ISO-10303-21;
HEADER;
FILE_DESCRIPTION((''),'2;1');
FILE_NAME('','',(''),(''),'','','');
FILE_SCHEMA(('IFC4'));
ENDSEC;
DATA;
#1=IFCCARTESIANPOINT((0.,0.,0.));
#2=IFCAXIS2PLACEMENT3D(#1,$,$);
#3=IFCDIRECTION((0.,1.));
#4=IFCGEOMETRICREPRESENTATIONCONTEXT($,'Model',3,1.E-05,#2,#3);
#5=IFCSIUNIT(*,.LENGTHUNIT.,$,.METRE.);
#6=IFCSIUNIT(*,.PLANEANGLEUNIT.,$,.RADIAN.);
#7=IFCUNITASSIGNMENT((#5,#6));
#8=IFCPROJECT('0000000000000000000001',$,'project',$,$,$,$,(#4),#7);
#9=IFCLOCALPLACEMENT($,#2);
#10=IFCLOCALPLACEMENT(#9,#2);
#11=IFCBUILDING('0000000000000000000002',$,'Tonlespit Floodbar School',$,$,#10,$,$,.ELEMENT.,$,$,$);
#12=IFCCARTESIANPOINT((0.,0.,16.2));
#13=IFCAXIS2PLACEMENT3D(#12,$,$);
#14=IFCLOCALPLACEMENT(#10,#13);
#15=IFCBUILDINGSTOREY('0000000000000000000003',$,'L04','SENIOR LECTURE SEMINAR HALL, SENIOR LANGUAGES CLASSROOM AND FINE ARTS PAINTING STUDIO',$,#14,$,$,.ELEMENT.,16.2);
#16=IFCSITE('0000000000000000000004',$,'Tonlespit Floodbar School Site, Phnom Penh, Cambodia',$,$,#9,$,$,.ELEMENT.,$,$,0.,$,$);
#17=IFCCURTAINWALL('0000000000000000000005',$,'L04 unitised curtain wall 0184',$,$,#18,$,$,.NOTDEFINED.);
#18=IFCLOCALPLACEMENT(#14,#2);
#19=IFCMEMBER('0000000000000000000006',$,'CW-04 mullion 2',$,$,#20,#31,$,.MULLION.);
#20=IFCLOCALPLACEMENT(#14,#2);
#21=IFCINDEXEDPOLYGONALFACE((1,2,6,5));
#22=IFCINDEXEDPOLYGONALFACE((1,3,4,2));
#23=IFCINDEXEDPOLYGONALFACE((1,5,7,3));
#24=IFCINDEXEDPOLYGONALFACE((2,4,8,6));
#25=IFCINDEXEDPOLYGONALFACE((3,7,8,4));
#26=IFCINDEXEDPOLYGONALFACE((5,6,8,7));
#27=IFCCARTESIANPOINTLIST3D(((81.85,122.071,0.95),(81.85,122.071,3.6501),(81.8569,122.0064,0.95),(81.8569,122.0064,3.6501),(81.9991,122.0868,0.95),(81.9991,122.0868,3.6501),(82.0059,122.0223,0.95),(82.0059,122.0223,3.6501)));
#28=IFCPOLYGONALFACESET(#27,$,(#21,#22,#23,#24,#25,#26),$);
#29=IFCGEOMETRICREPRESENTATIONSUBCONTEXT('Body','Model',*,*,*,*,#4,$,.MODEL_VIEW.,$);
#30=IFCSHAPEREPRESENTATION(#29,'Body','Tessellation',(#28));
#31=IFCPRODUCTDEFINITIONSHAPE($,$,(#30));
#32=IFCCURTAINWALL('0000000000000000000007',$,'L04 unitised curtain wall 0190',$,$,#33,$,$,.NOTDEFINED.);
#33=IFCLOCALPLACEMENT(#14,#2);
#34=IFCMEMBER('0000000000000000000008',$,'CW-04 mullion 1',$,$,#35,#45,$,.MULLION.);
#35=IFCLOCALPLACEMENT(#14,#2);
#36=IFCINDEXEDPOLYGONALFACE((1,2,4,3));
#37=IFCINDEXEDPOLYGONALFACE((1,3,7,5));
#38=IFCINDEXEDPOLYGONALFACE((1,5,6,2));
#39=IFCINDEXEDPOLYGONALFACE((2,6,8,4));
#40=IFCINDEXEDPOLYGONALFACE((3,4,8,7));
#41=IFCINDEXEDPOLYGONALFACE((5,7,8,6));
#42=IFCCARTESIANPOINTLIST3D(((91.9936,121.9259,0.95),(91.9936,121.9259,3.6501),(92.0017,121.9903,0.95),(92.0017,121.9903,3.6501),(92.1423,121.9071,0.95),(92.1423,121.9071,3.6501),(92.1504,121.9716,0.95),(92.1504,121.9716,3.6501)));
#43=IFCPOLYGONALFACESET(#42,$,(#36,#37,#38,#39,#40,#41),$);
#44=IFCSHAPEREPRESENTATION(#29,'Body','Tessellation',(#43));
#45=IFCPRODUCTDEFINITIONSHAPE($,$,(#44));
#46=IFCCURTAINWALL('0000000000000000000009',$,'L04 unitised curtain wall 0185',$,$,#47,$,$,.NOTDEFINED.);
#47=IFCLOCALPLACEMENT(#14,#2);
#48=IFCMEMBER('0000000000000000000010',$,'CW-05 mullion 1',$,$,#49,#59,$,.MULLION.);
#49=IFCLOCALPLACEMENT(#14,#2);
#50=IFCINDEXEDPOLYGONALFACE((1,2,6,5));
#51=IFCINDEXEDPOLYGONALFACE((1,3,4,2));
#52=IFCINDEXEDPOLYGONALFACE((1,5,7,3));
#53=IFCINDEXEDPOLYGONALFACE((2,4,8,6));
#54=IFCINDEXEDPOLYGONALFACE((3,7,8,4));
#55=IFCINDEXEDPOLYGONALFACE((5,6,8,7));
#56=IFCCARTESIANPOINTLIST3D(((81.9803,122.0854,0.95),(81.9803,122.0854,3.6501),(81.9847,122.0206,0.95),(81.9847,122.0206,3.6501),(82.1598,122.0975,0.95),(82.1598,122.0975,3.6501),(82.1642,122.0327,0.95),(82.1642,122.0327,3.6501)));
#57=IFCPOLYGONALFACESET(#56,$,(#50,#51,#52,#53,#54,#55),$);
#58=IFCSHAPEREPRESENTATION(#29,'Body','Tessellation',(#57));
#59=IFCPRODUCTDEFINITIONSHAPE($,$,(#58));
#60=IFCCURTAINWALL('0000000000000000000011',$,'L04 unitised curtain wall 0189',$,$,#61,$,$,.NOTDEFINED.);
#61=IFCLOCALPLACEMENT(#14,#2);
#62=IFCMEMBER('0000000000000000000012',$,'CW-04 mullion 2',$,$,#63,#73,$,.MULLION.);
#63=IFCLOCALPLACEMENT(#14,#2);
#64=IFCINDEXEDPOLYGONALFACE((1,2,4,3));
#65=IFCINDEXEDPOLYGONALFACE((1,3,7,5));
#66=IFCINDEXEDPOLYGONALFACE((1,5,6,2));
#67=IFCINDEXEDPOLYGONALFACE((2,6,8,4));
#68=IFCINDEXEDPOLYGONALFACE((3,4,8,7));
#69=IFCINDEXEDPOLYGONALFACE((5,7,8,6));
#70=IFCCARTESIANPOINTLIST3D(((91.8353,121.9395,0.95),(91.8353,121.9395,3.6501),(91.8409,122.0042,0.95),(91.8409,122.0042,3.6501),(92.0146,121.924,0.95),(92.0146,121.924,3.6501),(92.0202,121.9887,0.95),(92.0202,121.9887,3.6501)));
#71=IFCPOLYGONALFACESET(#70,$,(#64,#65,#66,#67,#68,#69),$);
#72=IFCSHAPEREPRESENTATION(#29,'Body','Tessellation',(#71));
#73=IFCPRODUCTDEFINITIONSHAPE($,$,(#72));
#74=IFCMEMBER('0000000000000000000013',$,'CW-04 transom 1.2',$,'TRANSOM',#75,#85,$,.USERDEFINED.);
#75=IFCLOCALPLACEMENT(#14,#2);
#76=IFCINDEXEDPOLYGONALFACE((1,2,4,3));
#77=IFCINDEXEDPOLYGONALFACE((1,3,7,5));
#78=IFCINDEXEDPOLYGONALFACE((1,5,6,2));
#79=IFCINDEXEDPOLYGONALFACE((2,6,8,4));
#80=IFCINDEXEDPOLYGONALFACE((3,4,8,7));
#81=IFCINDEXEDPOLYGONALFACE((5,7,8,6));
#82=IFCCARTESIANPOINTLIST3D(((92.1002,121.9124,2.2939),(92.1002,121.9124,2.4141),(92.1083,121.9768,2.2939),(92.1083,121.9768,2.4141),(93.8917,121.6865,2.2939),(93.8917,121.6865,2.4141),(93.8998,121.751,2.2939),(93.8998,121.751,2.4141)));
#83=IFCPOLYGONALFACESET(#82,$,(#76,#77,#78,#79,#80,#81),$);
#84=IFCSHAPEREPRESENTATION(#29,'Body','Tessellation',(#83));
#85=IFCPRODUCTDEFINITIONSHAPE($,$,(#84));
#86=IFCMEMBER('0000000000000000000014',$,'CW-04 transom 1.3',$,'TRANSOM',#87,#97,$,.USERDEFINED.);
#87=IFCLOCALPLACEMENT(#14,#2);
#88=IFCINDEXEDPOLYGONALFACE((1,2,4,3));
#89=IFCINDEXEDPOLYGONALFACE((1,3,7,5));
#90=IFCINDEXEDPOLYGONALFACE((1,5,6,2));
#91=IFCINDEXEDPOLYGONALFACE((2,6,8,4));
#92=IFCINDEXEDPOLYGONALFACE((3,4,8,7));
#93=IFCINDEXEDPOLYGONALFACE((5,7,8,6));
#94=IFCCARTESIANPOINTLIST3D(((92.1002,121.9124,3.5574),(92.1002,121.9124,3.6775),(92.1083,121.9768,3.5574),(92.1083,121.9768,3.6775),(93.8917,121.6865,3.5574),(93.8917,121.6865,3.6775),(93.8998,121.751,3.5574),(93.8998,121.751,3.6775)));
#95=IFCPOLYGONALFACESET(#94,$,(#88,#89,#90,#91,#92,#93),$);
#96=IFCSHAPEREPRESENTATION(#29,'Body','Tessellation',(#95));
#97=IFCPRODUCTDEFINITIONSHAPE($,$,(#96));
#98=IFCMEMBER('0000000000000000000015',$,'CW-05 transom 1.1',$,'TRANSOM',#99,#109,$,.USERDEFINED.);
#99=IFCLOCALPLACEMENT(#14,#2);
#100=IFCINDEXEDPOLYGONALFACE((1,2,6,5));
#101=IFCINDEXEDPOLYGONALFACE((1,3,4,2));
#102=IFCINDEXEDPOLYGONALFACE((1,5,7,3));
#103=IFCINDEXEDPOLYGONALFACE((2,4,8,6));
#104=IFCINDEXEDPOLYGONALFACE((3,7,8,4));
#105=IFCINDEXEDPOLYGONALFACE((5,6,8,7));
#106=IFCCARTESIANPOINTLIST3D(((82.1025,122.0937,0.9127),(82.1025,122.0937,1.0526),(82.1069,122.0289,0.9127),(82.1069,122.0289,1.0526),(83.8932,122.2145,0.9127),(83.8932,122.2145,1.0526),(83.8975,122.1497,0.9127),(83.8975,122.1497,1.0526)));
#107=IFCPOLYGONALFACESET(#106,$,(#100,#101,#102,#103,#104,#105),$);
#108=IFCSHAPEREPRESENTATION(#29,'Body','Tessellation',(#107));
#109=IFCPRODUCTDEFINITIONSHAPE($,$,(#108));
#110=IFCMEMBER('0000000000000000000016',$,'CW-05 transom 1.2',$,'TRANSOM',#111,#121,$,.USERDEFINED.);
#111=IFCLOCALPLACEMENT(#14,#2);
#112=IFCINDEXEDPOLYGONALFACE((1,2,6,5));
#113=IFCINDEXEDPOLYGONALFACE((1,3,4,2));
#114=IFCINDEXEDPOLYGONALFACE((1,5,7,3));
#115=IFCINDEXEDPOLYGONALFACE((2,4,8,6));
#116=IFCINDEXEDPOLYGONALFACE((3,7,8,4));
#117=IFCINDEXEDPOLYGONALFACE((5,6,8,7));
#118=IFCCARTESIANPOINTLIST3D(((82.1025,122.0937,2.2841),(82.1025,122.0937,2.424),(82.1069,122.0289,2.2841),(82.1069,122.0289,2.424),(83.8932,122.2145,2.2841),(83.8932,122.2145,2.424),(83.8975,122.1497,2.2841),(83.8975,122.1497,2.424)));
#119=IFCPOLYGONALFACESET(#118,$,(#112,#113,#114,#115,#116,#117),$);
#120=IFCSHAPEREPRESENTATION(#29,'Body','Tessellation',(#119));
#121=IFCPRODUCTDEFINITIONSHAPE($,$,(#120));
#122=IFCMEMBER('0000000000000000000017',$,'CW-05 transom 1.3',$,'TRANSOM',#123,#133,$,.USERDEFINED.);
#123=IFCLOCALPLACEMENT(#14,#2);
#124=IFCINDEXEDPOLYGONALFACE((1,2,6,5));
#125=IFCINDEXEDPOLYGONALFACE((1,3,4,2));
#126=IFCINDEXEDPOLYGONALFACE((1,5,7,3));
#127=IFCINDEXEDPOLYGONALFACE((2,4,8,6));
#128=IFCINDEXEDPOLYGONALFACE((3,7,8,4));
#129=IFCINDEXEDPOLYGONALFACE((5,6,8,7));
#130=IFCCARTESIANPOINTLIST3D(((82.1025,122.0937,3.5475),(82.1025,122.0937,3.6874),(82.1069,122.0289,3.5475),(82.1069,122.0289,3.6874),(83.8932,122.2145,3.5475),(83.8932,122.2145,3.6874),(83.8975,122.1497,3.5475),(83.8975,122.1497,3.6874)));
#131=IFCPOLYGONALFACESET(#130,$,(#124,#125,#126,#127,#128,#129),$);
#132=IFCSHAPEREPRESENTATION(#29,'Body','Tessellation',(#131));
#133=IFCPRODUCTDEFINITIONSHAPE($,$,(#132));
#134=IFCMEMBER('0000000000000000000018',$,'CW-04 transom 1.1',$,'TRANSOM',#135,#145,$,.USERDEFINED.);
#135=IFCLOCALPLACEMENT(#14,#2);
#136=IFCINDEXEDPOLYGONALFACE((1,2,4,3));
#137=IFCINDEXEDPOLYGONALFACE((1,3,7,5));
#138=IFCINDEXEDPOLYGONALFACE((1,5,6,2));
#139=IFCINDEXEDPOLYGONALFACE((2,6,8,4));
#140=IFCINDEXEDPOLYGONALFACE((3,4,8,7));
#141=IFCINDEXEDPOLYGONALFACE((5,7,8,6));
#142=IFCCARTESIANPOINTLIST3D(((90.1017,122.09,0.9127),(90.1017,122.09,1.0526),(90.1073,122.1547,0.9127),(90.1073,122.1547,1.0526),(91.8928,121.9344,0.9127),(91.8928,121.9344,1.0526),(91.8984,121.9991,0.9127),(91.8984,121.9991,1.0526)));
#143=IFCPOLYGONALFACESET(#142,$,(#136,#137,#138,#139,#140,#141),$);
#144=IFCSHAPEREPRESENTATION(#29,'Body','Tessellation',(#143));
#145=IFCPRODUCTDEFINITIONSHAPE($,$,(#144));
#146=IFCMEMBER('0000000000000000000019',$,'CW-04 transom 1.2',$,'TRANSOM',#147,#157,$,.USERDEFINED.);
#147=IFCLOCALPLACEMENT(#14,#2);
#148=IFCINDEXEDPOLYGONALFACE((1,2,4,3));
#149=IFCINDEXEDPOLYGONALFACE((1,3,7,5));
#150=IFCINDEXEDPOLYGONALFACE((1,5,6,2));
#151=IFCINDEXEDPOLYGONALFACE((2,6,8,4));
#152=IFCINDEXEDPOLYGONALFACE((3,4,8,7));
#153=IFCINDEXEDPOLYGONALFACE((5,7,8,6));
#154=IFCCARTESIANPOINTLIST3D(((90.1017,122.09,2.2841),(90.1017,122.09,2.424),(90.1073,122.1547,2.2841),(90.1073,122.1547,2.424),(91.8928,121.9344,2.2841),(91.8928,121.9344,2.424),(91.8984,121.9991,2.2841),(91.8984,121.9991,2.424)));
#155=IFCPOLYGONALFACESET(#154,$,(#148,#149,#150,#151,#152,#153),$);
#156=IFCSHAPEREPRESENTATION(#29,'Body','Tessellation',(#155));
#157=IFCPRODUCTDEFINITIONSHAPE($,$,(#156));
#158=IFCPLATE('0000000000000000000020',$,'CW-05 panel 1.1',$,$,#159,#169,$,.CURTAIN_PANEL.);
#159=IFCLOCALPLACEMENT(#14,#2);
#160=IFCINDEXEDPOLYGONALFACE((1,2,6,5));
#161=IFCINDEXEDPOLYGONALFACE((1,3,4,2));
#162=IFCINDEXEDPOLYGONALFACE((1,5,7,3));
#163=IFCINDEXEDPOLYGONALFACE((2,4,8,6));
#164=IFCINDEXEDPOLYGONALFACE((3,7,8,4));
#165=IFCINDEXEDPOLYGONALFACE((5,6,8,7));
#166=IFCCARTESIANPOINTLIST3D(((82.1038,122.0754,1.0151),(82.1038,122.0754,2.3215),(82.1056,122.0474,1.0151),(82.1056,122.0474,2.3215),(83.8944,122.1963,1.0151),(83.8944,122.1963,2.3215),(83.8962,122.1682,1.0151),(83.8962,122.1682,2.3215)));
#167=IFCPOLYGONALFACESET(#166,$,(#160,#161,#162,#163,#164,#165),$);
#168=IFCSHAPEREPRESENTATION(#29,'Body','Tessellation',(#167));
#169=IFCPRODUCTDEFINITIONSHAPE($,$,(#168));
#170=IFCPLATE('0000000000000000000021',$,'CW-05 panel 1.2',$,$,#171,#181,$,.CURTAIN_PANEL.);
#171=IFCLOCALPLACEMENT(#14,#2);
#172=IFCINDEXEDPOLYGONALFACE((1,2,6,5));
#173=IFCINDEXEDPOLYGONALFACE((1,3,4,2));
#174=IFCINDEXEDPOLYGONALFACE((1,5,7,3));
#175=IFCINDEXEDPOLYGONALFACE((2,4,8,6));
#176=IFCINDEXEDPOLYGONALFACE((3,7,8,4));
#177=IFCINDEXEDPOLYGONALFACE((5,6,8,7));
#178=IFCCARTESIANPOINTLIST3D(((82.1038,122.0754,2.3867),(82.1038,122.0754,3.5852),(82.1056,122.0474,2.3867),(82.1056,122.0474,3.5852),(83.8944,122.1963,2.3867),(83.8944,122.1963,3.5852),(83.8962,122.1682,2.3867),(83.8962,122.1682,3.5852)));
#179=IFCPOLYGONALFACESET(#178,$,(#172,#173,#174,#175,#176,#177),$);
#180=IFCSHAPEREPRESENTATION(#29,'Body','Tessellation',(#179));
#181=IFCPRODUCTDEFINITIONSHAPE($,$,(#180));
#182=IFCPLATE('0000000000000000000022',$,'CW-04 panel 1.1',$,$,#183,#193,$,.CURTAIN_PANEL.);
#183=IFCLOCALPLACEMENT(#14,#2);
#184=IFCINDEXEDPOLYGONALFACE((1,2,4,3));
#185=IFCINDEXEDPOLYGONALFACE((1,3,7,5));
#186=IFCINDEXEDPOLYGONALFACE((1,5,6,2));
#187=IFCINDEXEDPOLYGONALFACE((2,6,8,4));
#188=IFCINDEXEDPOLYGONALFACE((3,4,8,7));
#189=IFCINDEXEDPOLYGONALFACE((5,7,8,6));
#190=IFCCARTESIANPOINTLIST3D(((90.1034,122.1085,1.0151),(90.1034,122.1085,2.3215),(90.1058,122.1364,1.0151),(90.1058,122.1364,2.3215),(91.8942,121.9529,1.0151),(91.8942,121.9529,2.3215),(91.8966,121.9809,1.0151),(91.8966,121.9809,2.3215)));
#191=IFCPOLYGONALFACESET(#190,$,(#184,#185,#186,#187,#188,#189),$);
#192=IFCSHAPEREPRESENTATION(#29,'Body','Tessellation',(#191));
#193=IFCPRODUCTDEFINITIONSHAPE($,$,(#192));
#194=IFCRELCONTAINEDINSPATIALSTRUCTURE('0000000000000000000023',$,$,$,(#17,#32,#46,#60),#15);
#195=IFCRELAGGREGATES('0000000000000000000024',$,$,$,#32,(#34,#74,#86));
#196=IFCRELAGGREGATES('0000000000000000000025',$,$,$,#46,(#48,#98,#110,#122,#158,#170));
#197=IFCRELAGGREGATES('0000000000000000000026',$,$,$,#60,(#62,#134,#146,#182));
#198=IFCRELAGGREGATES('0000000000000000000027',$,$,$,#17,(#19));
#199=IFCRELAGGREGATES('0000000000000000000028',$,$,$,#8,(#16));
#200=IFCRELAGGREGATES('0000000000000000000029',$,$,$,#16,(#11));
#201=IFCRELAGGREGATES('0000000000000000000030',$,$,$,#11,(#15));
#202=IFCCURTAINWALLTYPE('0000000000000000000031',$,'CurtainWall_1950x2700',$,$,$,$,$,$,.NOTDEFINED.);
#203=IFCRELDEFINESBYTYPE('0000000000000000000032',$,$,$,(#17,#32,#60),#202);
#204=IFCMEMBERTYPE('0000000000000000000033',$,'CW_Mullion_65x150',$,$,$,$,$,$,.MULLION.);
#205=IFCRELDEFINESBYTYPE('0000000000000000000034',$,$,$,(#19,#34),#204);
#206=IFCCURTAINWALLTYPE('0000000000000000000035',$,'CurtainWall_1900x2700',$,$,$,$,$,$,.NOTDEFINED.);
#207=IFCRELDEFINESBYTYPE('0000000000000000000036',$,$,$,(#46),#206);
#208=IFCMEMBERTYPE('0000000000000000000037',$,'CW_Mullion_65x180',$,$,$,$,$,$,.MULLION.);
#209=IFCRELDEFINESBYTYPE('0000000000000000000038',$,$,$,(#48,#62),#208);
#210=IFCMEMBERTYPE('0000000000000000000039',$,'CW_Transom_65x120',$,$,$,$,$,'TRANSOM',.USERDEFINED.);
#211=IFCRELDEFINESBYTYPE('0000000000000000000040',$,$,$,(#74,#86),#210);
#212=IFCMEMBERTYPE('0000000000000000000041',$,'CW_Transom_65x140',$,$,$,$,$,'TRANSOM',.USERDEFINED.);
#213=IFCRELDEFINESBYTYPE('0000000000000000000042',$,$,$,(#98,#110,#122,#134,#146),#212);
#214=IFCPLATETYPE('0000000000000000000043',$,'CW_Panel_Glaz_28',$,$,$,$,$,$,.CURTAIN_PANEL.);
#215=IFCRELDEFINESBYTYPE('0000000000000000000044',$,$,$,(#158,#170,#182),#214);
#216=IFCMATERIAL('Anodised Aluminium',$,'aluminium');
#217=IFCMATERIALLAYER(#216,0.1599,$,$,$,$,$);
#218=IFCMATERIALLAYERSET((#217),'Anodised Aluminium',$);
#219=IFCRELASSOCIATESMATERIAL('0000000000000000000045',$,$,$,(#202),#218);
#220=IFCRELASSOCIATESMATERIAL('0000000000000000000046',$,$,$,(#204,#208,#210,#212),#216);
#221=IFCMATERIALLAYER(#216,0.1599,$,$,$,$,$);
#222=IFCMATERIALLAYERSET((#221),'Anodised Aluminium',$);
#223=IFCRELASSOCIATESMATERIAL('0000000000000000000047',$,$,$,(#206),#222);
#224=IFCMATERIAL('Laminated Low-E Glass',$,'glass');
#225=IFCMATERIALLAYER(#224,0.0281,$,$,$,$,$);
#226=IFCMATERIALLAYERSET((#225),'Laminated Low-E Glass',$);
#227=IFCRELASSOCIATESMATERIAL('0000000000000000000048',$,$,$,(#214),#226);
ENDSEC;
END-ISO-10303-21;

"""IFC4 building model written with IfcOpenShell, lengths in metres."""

from ifc_helpers import new_model, si_unit, direction, frame, origin, origin_2d, place, context, subcontext, project, spatial, rectangle, extrude, material, layer, layer_set, material_profile, profile_set, type_object, element, aggregate, save


model = new_model("IFC4")

# Units and contexts
model_context = context("Model", 3, precision=1e-05, world=origin(), true_north=direction((0.0, 1.0)))
body_context = subcontext(model_context, "Body", "Model", "MODEL_VIEW")
ifc_project = project(units=[si_unit("LENGTHUNIT", "METRE"), si_unit("PLANEANGLEUNIT", "RADIAN")], contexts=[model_context])

# Site, building, storey
site_placement = place(None, origin())
site = spatial("IfcSite", under=ifc_project, at=site_placement, Name="Tonlespit Floodbar School Site, Phnom Penh, Cambodia", CompositionType="ELEMENT", RefElevation=0.0)
building_placement = place(site_placement, origin())
building = spatial("IfcBuilding", under=site, at=building_placement, Name="Tonlespit Floodbar School", CompositionType="ELEMENT")
storey_placement = place(building_placement, frame((0.0, 0.0, 16.2)))
storey = spatial("IfcBuildingStorey", under=building, at=storey_placement, Name="L04", Description="SENIOR LECTURE SEMINAR HALL, SENIOR LANGUAGES CLASSROOM AND FINE ARTS PAINTING STUDIO", CompositionType="ELEMENT", Elevation=16.2)

# Curtain walls, members
ifc_material_1 = material(Name="Anodised Aluminium", Category="aluminium")
ifc_layer_1 = layer(ifc_material_1, 0.1599)
ifc_layer_set_1 = layer_set([ifc_layer_1], Name="Anodised Aluminium")
curtain_wall_type_1 = type_object("IfcCurtainWallType", Name="CurtainWall_1950x2700", PredefinedType="NOTDEFINED", material=ifc_layer_set_1)
curtain_wall_1_placement = place(storey_placement, origin())
curtain_wall_1 = element("IfcCurtainWall", 1, at=curtain_wall_1_placement, inside=storey, type_object=curtain_wall_type_1, Name="L04 unitised curtain wall 0184", PredefinedType="NOTDEFINED")
ifc_material_profile_1 = material_profile(ifc_material_1, rectangle(XDim=0.0649, YDim=0.1499, at=origin_2d()), Name="ALU M65x150")
ifc_profile_set_1 = profile_set([ifc_material_profile_1], Name="Anodised Aluminium")
member_type_1 = type_object("IfcMemberType", Name="CW_Mullion_65x150", PredefinedType="MULLION", material=ifc_profile_set_1)
member_1_placement = place(storey_placement, frame((81.928, 122.0466, 0.95), z_axis=(0.0, 0.0, 1.0), x_axis=(-0.105787, 0.994389, 0.0)))
member_1 = element("IfcMember", 2, at=member_1_placement, type_object=member_type_1, Name="CW-04 mullion 2", PredefinedType="MULLION", context=body_context, shape_type="SweptSolid", body=[
    extrude(rectangle(XDim=0.0649, YDim=0.1499, at=origin_2d()), origin(), (0.0, 0.0, 1.0), 2.7002),
])
curtain_wall_2_placement = place(storey_placement, origin())
curtain_wall_2 = element("IfcCurtainWall", 3, at=curtain_wall_2_placement, inside=storey, type_object=curtain_wall_type_1, Name="L04 unitised curtain wall 0190", PredefinedType="NOTDEFINED")
member_2_placement = place(storey_placement, frame((92.072, 121.9487, 0.95), z_axis=(0.0, 0.0, 1.0), x_axis=(0.125014, 0.992155, 0.0)))
member_2 = element("IfcMember", 4, at=member_2_placement, type_object=member_type_1, Name="CW-04 mullion 1", PredefinedType="MULLION", context=body_context, shape_type="SweptSolid", body=[
    extrude(rectangle(XDim=0.0649, YDim=0.1499, at=origin_2d()), origin(), (0.0, 0.0, 1.0), 2.7002),
])
ifc_layer_2 = layer(ifc_material_1, 0.1599)
ifc_layer_set_2 = layer_set([ifc_layer_2], Name="Anodised Aluminium")
curtain_wall_type_2 = type_object("IfcCurtainWallType", Name="CurtainWall_1900x2700", PredefinedType="NOTDEFINED", material=ifc_layer_set_2)
curtain_wall_3_placement = place(storey_placement, origin())
curtain_wall_3 = element("IfcCurtainWall", 5, at=curtain_wall_3_placement, inside=storey, type_object=curtain_wall_type_2, Name="L04 unitised curtain wall 0185", PredefinedType="NOTDEFINED")
ifc_material_profile_2 = material_profile(ifc_material_1, rectangle(XDim=0.0649, YDim=0.1799, at=origin_2d()), Name="ALU M65x180")
ifc_profile_set_2 = profile_set([ifc_material_profile_2], Name="Anodised Aluminium")
member_type_2 = type_object("IfcMemberType", Name="CW_Mullion_65x180", PredefinedType="MULLION", material=ifc_profile_set_2)
member_3_placement = place(storey_placement, frame((82.0723, 122.0591, 0.95), z_axis=(0.0, 0.0, 1.0), x_axis=(-0.06734, 0.99773, 0.0)))
member_3 = element("IfcMember", 6, at=member_3_placement, type_object=member_type_2, Name="CW-05 mullion 1", PredefinedType="MULLION", context=body_context, shape_type="SweptSolid", body=[
    extrude(rectangle(XDim=0.0649, YDim=0.1799, at=origin_2d()), origin(), (0.0, 0.0, 1.0), 2.7002),
])
curtain_wall_4_placement = place(storey_placement, origin())
curtain_wall_4 = element("IfcCurtainWall", 7, at=curtain_wall_4_placement, inside=storey, type_object=curtain_wall_type_1, Name="L04 unitised curtain wall 0189", PredefinedType="NOTDEFINED")
member_4_placement = place(storey_placement, frame((91.9277, 121.9641, 0.95), z_axis=(0.0, 0.0, 1.0), x_axis=(0.086531, 0.996249, 0.0)))
member_4 = element("IfcMember", 8, at=member_4_placement, type_object=member_type_2, Name="CW-04 mullion 2", PredefinedType="MULLION", context=body_context, shape_type="SweptSolid", body=[
    extrude(rectangle(XDim=0.0649, YDim=0.1799, at=origin_2d()), origin(), (0.0, 0.0, 1.0), 2.7002),
])

# Members
ifc_material_profile_3 = material_profile(ifc_material_1, rectangle(XDim=0.0649, YDim=0.1201, at=origin_2d()), Name="ALU T65x120")
ifc_profile_set_3 = profile_set([ifc_material_profile_3], Name="Anodised Aluminium")
member_type_3 = type_object("IfcMemberType", Name="CW_Transom_65x120", ElementType="TRANSOM", PredefinedType="USERDEFINED", material=ifc_profile_set_3)
member_5_placement = place(storey_placement, frame((92.1042, 121.9446, 2.354), z_axis=(0.992148, -0.125066, 0.0), x_axis=(0.125066, 0.992148, 0.0)))
member_5 = element("IfcMember", 9, at=member_5_placement, type_object=member_type_3, Name="CW-04 transom 1.2", ObjectType="TRANSOM", PredefinedType="USERDEFINED", context=body_context, shape_type="SweptSolid", body=[
    extrude(rectangle(XDim=0.0649, YDim=0.1201, at=origin_2d()), origin(), (0.0, 0.0, 1.0), 1.8057),
])
member_6_placement = place(storey_placement, frame((92.1042, 121.9446, 3.6174), z_axis=(0.992148, -0.125066, 0.0), x_axis=(0.125066, 0.992148, 0.0)))
member_6 = element("IfcMember", 10, at=member_6_placement, type_object=member_type_3, Name="CW-04 transom 1.3", ObjectType="TRANSOM", PredefinedType="USERDEFINED", context=body_context, shape_type="SweptSolid", body=[
    extrude(rectangle(XDim=0.0649, YDim=0.1201, at=origin_2d()), origin(), (0.0, 0.0, 1.0), 1.8057),
])
aggregate(curtain_wall_2, [member_2, member_5, member_6])
ifc_material_profile_4 = material_profile(ifc_material_1, rectangle(XDim=0.0649, YDim=0.1399, at=origin_2d()), Name="ALU T65x140")
ifc_profile_set_4 = profile_set([ifc_material_profile_4], Name="Anodised Aluminium")
member_type_4 = type_object("IfcMemberType", Name="CW_Transom_65x140", ElementType="TRANSOM", PredefinedType="USERDEFINED", material=ifc_profile_set_4)
member_7_placement = place(storey_placement, frame((82.1047, 122.0613, 0.9827), z_axis=(0.99773, 0.067341, 0.0), x_axis=(-0.067341, 0.99773, 0.0)))
member_7 = element("IfcMember", 11, at=member_7_placement, type_object=member_type_4, Name="CW-05 transom 1.1", ObjectType="TRANSOM", PredefinedType="USERDEFINED", context=body_context, shape_type="SweptSolid", body=[
    extrude(rectangle(XDim=0.0649, YDim=0.1399, at=origin_2d()), origin(), (0.0, 0.0, 1.0), 1.7947),
])
member_8_placement = place(storey_placement, frame((82.1047, 122.0613, 2.354), z_axis=(0.99773, 0.067341, 0.0), x_axis=(-0.067341, 0.99773, 0.0)))
member_8 = element("IfcMember", 12, at=member_8_placement, type_object=member_type_4, Name="CW-05 transom 1.2", ObjectType="TRANSOM", PredefinedType="USERDEFINED", context=body_context, shape_type="SweptSolid", body=[
    extrude(rectangle(XDim=0.0649, YDim=0.1399, at=origin_2d()), origin(), (0.0, 0.0, 1.0), 1.7947),
])
member_9_placement = place(storey_placement, frame((82.1047, 122.0613, 3.6174), z_axis=(0.99773, 0.067341, 0.0), x_axis=(-0.067341, 0.99773, 0.0)))
member_9 = element("IfcMember", 13, at=member_9_placement, type_object=member_type_4, Name="CW-05 transom 1.3", ObjectType="TRANSOM", PredefinedType="USERDEFINED", context=body_context, shape_type="SweptSolid", body=[
    extrude(rectangle(XDim=0.0649, YDim=0.1399, at=origin_2d()), origin(), (0.0, 0.0, 1.0), 1.7947),
])
member_10_placement = place(storey_placement, frame((90.1045, 122.1223, 0.9827), z_axis=(0.996251, -0.086507, 0.0), x_axis=(0.086507, 0.996251, 0.0)))
member_10 = element("IfcMember", 14, at=member_10_placement, type_object=member_type_4, Name="CW-04 transom 1.1", ObjectType="TRANSOM", PredefinedType="USERDEFINED", context=body_context, shape_type="SweptSolid", body=[
    extrude(rectangle(XDim=0.0649, YDim=0.1399, at=origin_2d()), origin(), (0.0, 0.0, 1.0), 1.7979),
])
member_11_placement = place(storey_placement, frame((90.1045, 122.1223, 2.354), z_axis=(0.996251, -0.086507, 0.0), x_axis=(0.086507, 0.996251, 0.0)))
member_11 = element("IfcMember", 15, at=member_11_placement, type_object=member_type_4, Name="CW-04 transom 1.2", ObjectType="TRANSOM", PredefinedType="USERDEFINED", context=body_context, shape_type="SweptSolid", body=[
    extrude(rectangle(XDim=0.0649, YDim=0.1399, at=origin_2d()), origin(), (0.0, 0.0, 1.0), 1.7979),
])

# Plates
ifc_material_2 = material(Name="Laminated Low-E Glass", Category="glass")
ifc_layer_3 = layer(ifc_material_2, 0.0281)
ifc_layer_set_3 = layer_set([ifc_layer_3], Name="Laminated Low-E Glass")
plate_type_1 = type_object("IfcPlateType", Name="CW_Panel_Glaz_28", PredefinedType="CURTAIN_PANEL", material=ifc_layer_set_3)
plate_1_placement = place(storey_placement, frame((83.0, 122.1218, 1.0151), z_axis=(0.0, 0.0, 1.0), x_axis=(0.99773, 0.06734, 0.0)))
plate_1 = element("IfcPlate", 16, at=plate_1_placement, type_object=plate_type_1, Name="CW-05 panel 1.1", PredefinedType="CURTAIN_PANEL", context=body_context, shape_type="SweptSolid", body=[
    extrude(rectangle(XDim=1.7947, YDim=0.0281, at=origin_2d()), origin(), (0.0, 0.0, 1.0), 1.3064),
])
plate_2_placement = place(storey_placement, frame((83.0, 122.1218, 2.3867), z_axis=(0.0, 0.0, 1.0), x_axis=(0.99773, 0.06734, 0.0)))
plate_2 = element("IfcPlate", 17, at=plate_2_placement, type_object=plate_type_1, Name="CW-05 panel 1.2", PredefinedType="CURTAIN_PANEL", context=body_context, shape_type="SweptSolid", body=[
    extrude(rectangle(XDim=1.7947, YDim=0.0281, at=origin_2d()), origin(), (0.0, 0.0, 1.0), 1.1985),
])
aggregate(curtain_wall_3, [member_3, member_7, member_8, member_9, plate_1, plate_2])
plate_3_placement = place(storey_placement, frame((91.0, 122.0447, 1.0151), z_axis=(0.0, 0.0, 1.0), x_axis=(0.996249, -0.086531, 0.0)))
plate_3 = element("IfcPlate", 18, at=plate_3_placement, type_object=plate_type_1, Name="CW-04 panel 1.1", PredefinedType="CURTAIN_PANEL", context=body_context, shape_type="SweptSolid", body=[
    extrude(rectangle(XDim=1.7976, YDim=0.0281, at=origin_2d()), origin(), (0.0, 0.0, 1.0), 1.3064),
])
aggregate(curtain_wall_4, [member_4, member_10, member_11, plate_3])
aggregate(curtain_wall_1, [member_1])

save(model, "model.ifc")
